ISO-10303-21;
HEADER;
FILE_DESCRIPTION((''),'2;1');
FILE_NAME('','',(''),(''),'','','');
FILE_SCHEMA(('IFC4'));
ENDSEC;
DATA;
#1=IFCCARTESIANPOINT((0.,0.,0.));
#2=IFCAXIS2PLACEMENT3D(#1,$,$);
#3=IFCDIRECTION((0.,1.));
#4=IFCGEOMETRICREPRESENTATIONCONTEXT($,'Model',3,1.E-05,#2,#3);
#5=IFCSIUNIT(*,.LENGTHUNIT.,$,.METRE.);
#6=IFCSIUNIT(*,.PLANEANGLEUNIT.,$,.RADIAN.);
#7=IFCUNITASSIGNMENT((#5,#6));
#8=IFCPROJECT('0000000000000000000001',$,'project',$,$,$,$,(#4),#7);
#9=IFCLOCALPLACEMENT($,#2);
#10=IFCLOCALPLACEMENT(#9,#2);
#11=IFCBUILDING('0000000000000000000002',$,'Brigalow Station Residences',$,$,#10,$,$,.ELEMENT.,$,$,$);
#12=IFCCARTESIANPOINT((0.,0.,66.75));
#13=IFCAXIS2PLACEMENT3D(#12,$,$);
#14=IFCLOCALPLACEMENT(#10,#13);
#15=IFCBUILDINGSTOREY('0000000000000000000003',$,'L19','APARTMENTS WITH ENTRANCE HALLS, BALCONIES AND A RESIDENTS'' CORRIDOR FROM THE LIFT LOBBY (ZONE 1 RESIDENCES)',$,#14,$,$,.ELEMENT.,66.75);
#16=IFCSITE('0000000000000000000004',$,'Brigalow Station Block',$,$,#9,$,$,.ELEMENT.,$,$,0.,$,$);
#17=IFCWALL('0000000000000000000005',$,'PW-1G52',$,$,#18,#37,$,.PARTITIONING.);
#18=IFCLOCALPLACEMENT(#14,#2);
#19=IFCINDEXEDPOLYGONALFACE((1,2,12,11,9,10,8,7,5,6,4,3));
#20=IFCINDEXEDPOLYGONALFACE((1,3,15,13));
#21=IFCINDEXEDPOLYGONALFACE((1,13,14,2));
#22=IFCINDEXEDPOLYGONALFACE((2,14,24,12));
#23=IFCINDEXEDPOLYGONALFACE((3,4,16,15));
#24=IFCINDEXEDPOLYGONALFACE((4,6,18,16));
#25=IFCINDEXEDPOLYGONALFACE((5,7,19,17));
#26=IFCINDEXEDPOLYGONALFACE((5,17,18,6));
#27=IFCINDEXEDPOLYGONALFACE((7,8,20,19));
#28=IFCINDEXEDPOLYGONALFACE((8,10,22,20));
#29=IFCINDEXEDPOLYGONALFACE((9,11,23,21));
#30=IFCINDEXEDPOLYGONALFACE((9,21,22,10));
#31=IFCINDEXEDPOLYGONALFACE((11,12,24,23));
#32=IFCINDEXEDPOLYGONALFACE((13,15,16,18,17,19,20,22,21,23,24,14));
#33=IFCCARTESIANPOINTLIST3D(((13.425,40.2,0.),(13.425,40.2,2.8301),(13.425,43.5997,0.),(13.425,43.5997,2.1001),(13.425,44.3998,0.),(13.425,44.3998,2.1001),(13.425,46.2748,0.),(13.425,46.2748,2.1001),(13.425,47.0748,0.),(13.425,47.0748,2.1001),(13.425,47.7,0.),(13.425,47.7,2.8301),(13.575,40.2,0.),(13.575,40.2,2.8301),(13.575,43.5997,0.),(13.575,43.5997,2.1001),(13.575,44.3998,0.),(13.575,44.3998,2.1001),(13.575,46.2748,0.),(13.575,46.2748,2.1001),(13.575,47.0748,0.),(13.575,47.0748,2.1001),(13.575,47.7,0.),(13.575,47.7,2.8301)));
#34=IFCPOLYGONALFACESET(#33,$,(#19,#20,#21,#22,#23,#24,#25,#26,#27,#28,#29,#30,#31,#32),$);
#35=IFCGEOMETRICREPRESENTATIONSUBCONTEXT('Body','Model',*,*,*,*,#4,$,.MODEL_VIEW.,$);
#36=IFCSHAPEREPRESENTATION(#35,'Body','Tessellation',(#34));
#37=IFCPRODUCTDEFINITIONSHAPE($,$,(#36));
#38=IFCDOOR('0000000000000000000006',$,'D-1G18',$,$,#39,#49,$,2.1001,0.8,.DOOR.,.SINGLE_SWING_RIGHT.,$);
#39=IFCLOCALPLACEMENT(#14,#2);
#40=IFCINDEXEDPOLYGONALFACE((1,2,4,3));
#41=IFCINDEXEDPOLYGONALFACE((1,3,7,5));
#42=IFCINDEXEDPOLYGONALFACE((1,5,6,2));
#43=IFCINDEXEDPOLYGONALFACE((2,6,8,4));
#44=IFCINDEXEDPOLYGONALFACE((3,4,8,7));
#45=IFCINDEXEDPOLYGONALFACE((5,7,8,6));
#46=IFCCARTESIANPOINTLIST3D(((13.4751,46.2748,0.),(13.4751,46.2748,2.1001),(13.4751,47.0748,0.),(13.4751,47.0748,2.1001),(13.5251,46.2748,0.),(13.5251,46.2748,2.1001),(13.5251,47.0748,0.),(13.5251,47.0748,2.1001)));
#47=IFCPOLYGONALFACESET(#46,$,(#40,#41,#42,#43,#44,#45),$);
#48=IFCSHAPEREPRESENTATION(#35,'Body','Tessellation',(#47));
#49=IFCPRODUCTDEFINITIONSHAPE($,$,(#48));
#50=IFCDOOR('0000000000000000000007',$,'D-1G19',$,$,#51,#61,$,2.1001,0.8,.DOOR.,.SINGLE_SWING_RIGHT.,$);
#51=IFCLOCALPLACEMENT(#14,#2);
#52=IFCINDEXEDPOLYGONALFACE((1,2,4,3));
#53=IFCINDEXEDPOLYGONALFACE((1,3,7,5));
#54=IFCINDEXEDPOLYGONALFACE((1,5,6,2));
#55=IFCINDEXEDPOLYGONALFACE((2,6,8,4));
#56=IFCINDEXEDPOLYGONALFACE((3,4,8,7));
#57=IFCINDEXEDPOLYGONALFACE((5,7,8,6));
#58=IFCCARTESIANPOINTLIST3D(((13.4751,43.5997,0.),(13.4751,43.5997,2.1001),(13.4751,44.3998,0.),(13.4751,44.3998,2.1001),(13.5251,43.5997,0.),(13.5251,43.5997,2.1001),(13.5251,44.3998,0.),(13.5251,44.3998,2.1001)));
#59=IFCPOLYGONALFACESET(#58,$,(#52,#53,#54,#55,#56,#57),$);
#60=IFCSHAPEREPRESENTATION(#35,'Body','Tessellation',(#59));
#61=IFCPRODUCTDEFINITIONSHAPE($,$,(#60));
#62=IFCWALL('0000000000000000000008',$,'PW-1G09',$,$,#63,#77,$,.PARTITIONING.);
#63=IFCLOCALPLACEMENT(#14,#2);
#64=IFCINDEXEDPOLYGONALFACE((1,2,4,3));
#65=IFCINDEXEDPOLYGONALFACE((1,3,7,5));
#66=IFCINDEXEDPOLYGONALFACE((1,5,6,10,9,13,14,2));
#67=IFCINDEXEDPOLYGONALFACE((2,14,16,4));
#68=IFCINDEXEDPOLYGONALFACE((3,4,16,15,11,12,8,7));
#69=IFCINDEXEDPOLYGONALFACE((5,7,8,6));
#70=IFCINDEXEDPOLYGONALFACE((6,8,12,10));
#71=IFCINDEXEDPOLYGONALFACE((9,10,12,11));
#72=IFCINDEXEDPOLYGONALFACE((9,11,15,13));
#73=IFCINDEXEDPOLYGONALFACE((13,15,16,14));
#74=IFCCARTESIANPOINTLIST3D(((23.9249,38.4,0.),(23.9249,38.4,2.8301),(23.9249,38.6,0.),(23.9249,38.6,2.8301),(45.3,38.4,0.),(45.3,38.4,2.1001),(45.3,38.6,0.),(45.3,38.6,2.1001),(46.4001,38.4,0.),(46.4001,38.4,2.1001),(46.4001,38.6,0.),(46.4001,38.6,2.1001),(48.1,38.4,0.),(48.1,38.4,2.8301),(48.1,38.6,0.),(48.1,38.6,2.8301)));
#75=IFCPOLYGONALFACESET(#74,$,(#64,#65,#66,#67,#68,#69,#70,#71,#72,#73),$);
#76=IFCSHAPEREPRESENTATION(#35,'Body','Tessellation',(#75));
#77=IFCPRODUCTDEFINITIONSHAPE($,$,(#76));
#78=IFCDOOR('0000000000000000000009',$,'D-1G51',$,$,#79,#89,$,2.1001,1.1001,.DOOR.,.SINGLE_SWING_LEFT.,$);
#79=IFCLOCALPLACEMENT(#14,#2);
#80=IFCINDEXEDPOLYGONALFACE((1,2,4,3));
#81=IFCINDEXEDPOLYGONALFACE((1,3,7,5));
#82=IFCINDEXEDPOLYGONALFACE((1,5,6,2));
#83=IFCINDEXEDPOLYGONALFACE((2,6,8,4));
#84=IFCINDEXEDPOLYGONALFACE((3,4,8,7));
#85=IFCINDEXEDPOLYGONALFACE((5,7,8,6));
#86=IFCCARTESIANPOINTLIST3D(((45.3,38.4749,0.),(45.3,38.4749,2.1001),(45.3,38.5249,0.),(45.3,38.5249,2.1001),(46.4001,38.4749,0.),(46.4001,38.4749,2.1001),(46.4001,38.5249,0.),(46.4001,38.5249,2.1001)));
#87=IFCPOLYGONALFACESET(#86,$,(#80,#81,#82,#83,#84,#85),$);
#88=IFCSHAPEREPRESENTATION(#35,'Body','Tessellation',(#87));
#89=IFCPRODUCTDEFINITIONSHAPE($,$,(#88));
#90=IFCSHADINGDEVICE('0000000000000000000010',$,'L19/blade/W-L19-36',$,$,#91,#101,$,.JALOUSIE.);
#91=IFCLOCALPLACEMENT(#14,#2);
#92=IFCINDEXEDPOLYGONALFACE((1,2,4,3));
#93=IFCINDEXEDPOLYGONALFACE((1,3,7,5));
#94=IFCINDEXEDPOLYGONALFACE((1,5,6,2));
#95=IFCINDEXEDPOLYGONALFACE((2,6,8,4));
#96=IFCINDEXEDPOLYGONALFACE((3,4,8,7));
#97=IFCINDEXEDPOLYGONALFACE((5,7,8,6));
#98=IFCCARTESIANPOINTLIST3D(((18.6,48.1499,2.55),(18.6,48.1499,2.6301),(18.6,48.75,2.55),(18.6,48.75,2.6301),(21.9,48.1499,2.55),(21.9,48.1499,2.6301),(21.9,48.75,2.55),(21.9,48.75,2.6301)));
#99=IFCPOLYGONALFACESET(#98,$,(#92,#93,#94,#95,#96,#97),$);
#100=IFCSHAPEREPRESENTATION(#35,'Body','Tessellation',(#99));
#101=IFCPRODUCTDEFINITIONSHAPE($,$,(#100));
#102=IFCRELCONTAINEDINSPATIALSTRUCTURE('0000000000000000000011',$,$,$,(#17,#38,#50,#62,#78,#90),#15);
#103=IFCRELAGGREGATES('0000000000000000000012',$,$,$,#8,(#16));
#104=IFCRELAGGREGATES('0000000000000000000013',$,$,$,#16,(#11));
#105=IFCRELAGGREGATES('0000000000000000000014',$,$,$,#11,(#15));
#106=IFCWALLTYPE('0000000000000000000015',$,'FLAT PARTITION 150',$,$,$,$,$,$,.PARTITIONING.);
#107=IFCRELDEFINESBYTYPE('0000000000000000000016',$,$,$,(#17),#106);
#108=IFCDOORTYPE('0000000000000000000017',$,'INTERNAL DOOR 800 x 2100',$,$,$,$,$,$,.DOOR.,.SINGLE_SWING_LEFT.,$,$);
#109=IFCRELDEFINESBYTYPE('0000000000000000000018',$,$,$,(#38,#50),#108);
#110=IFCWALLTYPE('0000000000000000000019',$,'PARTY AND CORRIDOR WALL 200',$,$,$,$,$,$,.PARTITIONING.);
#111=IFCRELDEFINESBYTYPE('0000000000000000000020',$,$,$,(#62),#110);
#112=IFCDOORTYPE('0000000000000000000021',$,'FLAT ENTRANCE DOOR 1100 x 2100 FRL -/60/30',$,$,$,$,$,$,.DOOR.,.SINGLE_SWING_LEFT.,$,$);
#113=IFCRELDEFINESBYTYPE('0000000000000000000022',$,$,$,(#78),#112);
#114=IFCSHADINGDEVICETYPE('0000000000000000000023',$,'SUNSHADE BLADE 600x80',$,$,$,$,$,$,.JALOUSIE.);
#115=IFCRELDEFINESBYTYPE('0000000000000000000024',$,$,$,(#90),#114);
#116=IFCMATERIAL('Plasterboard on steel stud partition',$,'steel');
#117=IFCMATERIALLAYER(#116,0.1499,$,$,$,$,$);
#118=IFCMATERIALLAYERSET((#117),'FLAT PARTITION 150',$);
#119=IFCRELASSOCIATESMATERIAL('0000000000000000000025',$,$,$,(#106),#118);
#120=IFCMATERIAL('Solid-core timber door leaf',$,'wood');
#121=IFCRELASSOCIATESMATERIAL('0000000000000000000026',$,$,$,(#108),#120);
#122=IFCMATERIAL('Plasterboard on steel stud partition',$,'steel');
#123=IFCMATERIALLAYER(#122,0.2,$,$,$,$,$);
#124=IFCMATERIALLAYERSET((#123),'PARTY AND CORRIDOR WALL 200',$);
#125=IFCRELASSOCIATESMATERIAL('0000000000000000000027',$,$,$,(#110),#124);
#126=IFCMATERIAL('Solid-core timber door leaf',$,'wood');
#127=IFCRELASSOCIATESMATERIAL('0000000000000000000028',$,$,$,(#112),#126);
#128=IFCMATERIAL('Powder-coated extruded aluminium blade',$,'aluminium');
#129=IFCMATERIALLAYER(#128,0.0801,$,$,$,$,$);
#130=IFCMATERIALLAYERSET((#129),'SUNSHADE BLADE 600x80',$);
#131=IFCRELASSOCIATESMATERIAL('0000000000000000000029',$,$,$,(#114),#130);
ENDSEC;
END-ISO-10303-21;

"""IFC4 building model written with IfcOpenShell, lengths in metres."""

from ifc_helpers import new_model, si_unit, direction, frame, frame_2d, origin, origin_2d, place, context, subcontext, project, spatial, rectangle, extrude, material, layer, layer_set, type_object, element, fill, save


model = new_model("IFC4")

# Units and contexts
model_context = context("Model", 3, precision=1e-05, world=origin(), true_north=direction((0.0, 1.0)))
body_context = subcontext(model_context, "Body", "Model", "MODEL_VIEW")
ifc_project = project(units=[si_unit("LENGTHUNIT", "METRE"), si_unit("PLANEANGLEUNIT", "RADIAN")], contexts=[model_context])

# Site, building, storey
site_placement = place(None, origin())
site = spatial("IfcSite", under=ifc_project, at=site_placement, Name="Brigalow Station Block", CompositionType="ELEMENT", RefElevation=0.0)
building_placement = place(site_placement, origin())
building = spatial("IfcBuilding", under=site, at=building_placement, Name="Brigalow Station Residences", CompositionType="ELEMENT")
storey_placement = place(building_placement, frame((0.0, 0.0, 66.75)))
storey = spatial("IfcBuildingStorey", under=building, at=storey_placement, Name="L19", Description="APARTMENTS WITH ENTRANCE HALLS, BALCONIES AND A RESIDENTS' CORRIDOR FROM THE LIFT LOBBY (ZONE 1 RESIDENCES)", CompositionType="ELEMENT", Elevation=66.75)

# Shared definitions
ifc_material_1 = material(Name="Plasterboard on steel stud partition", Category="steel")
ifc_layer_1 = layer(ifc_material_1, 0.1499)
ifc_layer_set_1 = layer_set([ifc_layer_1], Name="FLAT PARTITION 150")
wall_type_1 = type_object("IfcWallType", Name="FLAT PARTITION 150", PredefinedType="PARTITIONING", material=ifc_layer_set_1)

# Wall, openings, doors
wall_1_placement = place(storey_placement, frame((13.5, 40.2, 0.0), z_axis=(0.0, 0.0, 1.0), x_axis=(0.0, 1.0, 0.0)))
wall_1 = element("IfcWall", 1, at=wall_1_placement, inside=storey, type_object=wall_type_1, Name="PW-1G52", PredefinedType="PARTITIONING", context=body_context, shape_type="SweptSolid", body=[
    extrude(rectangle(XDim=7.5, YDim=0.1499, at=frame_2d((3.75, 0.0))), origin(), (0.0, 0.0, 1.0), 2.8301),
])
opening_1_placement = place(wall_1_placement, frame((6.075, 0.0, 0.0)))
opening_1 = element("IfcOpeningElement", 2, at=opening_1_placement, cuts=wall_1, PredefinedType="OPENING", context=body_context, shape_type="SweptSolid", body=[
    extrude(rectangle(XDim=0.8, YDim=2.1001, at=frame_2d((0.3999, 1.05))), frame((0.0, 0.085, 0.0), z_axis=(0.0, -1.0, 0.0), x_axis=(1.0, 0.0, 0.0)), (0.0, 0.0, 1.0), 0.1699),
])
opening_2_placement = place(wall_1_placement, frame((3.3999, 0.0, 0.0)))
opening_2 = element("IfcOpeningElement", 3, at=opening_2_placement, cuts=wall_1, PredefinedType="OPENING", context=body_context, shape_type="SweptSolid", body=[
    extrude(rectangle(XDim=0.8, YDim=2.1001, at=frame_2d((0.3999, 1.05))), frame((0.0, 0.085, 0.0), z_axis=(0.0, -1.0, 0.0), x_axis=(1.0, 0.0, 0.0)), (0.0, 0.0, 1.0), 0.1699),
])
ifc_material_2 = material(Name="Solid-core timber door leaf", Category="wood")
door_type_1 = type_object("IfcDoorType", Name="INTERNAL DOOR 800 x 2100", OperationType="SINGLE_SWING_LEFT", PredefinedType="DOOR", material=ifc_material_2)
door_1_placement = place(opening_1_placement, origin())
door_1 = element("IfcDoor", 4, at=door_1_placement, inside=storey, type_object=door_type_1, Name="D-1G18", OperationType="SINGLE_SWING_RIGHT", OverallHeight=2.1001, OverallWidth=0.8, PredefinedType="DOOR", context=body_context, shape_type="SweptSolid", body=[
    extrude(rectangle(XDim=0.8, YDim=2.1001, at=frame_2d((0.3999, 1.05))), frame((0.0, 0.0249, 0.0), z_axis=(0.0, -1.0, 0.0), x_axis=(1.0, 0.0, 0.0)), (0.0, 0.0, 1.0), 0.05),
])
fill(opening_1, door_1)
door_2_placement = place(opening_2_placement, origin())
door_2 = element("IfcDoor", 5, at=door_2_placement, inside=storey, type_object=door_type_1, Name="D-1G19", OperationType="SINGLE_SWING_RIGHT", OverallHeight=2.1001, OverallWidth=0.8, PredefinedType="DOOR", context=body_context, shape_type="SweptSolid", body=[
    extrude(rectangle(XDim=0.8, YDim=2.1001, at=frame_2d((0.3999, 1.05))), frame((0.0, 0.0249, 0.0), z_axis=(0.0, -1.0, 0.0), x_axis=(1.0, 0.0, 0.0)), (0.0, 0.0, 1.0), 0.05),
])
fill(opening_2, door_2)

# Wall, opening, door
ifc_material_3 = material(Name="Plasterboard on steel stud partition", Category="steel")
ifc_layer_2 = layer(ifc_material_3, 0.2)
ifc_layer_set_2 = layer_set([ifc_layer_2], Name="PARTY AND CORRIDOR WALL 200")
wall_type_2 = type_object("IfcWallType", Name="PARTY AND CORRIDOR WALL 200", PredefinedType="PARTITIONING", material=ifc_layer_set_2)
wall_2_placement = place(storey_placement, frame((23.925, 38.5, 0.0), z_axis=(0.0, 0.0, 1.0), x_axis=(1.0, 0.0, 0.0)))
wall_2 = element("IfcWall", 6, at=wall_2_placement, inside=storey, type_object=wall_type_2, Name="PW-1G09", PredefinedType="PARTITIONING", context=body_context, shape_type="SweptSolid", body=[
    extrude(rectangle(XDim=24.175, YDim=0.2, at=frame_2d((12.0874, 0.0))), origin(), (0.0, 0.0, 1.0), 2.8301),
])
opening_3_placement = place(wall_2_placement, frame((21.375, 0.0, 0.0)))
opening_3 = element("IfcOpeningElement", 7, at=opening_3_placement, cuts=wall_2, PredefinedType="OPENING", context=body_context, shape_type="SweptSolid", body=[
    extrude(rectangle(XDim=1.1001, YDim=2.1001, at=frame_2d((0.55, 1.05))), frame((0.0, 0.1099, 0.0), z_axis=(0.0, -1.0, 0.0), x_axis=(1.0, 0.0, 0.0)), (0.0, 0.0, 1.0), 0.22),
])
ifc_material_4 = material(Name="Solid-core timber door leaf", Category="wood")
door_type_2 = type_object("IfcDoorType", Name="FLAT ENTRANCE DOOR 1100 x 2100 FRL -/60/30", OperationType="SINGLE_SWING_LEFT", PredefinedType="DOOR", material=ifc_material_4)
door_3_placement = place(opening_3_placement, origin())
door_3 = element("IfcDoor", 8, at=door_3_placement, inside=storey, type_object=door_type_2, Name="D-1G51", OperationType="SINGLE_SWING_LEFT", OverallHeight=2.1001, OverallWidth=1.1001, PredefinedType="DOOR", context=body_context, shape_type="SweptSolid", body=[
    extrude(rectangle(XDim=1.1001, YDim=2.1001, at=frame_2d((0.55, 1.05))), frame((0.0, 0.0249, 0.0), z_axis=(0.0, -1.0, 0.0), x_axis=(1.0, 0.0, 0.0)), (0.0, 0.0, 1.0), 0.05),
])
fill(opening_3, door_3)

# Shading device
ifc_material_5 = material(Name="Powder-coated extruded aluminium blade", Category="aluminium")
ifc_layer_3 = layer(ifc_material_5, 0.0801)
ifc_layer_set_3 = layer_set([ifc_layer_3], Name="SUNSHADE BLADE 600x80")
shading_device_type = type_object("IfcShadingDeviceType", Name="SUNSHADE BLADE 600x80", PredefinedType="JALOUSIE", material=ifc_layer_set_3)
shading_device_placement = place(storey_placement, frame((20.25, 48.45, 2.55), z_axis=(0.0, 0.0, 1.0), x_axis=(-1.0, 0.0, 0.0)))
element("IfcShadingDevice", 9, at=shading_device_placement, inside=storey, type_object=shading_device_type, Name="L19/blade/W-L19-36", PredefinedType="JALOUSIE", context=body_context, shape_type="SweptSolid", body=[
    extrude(rectangle(XDim=3.3, YDim=0.6001, at=origin_2d()), origin(), (0.0, 0.0, 1.0), 0.0801),
])

save(model, "model.ifc")
